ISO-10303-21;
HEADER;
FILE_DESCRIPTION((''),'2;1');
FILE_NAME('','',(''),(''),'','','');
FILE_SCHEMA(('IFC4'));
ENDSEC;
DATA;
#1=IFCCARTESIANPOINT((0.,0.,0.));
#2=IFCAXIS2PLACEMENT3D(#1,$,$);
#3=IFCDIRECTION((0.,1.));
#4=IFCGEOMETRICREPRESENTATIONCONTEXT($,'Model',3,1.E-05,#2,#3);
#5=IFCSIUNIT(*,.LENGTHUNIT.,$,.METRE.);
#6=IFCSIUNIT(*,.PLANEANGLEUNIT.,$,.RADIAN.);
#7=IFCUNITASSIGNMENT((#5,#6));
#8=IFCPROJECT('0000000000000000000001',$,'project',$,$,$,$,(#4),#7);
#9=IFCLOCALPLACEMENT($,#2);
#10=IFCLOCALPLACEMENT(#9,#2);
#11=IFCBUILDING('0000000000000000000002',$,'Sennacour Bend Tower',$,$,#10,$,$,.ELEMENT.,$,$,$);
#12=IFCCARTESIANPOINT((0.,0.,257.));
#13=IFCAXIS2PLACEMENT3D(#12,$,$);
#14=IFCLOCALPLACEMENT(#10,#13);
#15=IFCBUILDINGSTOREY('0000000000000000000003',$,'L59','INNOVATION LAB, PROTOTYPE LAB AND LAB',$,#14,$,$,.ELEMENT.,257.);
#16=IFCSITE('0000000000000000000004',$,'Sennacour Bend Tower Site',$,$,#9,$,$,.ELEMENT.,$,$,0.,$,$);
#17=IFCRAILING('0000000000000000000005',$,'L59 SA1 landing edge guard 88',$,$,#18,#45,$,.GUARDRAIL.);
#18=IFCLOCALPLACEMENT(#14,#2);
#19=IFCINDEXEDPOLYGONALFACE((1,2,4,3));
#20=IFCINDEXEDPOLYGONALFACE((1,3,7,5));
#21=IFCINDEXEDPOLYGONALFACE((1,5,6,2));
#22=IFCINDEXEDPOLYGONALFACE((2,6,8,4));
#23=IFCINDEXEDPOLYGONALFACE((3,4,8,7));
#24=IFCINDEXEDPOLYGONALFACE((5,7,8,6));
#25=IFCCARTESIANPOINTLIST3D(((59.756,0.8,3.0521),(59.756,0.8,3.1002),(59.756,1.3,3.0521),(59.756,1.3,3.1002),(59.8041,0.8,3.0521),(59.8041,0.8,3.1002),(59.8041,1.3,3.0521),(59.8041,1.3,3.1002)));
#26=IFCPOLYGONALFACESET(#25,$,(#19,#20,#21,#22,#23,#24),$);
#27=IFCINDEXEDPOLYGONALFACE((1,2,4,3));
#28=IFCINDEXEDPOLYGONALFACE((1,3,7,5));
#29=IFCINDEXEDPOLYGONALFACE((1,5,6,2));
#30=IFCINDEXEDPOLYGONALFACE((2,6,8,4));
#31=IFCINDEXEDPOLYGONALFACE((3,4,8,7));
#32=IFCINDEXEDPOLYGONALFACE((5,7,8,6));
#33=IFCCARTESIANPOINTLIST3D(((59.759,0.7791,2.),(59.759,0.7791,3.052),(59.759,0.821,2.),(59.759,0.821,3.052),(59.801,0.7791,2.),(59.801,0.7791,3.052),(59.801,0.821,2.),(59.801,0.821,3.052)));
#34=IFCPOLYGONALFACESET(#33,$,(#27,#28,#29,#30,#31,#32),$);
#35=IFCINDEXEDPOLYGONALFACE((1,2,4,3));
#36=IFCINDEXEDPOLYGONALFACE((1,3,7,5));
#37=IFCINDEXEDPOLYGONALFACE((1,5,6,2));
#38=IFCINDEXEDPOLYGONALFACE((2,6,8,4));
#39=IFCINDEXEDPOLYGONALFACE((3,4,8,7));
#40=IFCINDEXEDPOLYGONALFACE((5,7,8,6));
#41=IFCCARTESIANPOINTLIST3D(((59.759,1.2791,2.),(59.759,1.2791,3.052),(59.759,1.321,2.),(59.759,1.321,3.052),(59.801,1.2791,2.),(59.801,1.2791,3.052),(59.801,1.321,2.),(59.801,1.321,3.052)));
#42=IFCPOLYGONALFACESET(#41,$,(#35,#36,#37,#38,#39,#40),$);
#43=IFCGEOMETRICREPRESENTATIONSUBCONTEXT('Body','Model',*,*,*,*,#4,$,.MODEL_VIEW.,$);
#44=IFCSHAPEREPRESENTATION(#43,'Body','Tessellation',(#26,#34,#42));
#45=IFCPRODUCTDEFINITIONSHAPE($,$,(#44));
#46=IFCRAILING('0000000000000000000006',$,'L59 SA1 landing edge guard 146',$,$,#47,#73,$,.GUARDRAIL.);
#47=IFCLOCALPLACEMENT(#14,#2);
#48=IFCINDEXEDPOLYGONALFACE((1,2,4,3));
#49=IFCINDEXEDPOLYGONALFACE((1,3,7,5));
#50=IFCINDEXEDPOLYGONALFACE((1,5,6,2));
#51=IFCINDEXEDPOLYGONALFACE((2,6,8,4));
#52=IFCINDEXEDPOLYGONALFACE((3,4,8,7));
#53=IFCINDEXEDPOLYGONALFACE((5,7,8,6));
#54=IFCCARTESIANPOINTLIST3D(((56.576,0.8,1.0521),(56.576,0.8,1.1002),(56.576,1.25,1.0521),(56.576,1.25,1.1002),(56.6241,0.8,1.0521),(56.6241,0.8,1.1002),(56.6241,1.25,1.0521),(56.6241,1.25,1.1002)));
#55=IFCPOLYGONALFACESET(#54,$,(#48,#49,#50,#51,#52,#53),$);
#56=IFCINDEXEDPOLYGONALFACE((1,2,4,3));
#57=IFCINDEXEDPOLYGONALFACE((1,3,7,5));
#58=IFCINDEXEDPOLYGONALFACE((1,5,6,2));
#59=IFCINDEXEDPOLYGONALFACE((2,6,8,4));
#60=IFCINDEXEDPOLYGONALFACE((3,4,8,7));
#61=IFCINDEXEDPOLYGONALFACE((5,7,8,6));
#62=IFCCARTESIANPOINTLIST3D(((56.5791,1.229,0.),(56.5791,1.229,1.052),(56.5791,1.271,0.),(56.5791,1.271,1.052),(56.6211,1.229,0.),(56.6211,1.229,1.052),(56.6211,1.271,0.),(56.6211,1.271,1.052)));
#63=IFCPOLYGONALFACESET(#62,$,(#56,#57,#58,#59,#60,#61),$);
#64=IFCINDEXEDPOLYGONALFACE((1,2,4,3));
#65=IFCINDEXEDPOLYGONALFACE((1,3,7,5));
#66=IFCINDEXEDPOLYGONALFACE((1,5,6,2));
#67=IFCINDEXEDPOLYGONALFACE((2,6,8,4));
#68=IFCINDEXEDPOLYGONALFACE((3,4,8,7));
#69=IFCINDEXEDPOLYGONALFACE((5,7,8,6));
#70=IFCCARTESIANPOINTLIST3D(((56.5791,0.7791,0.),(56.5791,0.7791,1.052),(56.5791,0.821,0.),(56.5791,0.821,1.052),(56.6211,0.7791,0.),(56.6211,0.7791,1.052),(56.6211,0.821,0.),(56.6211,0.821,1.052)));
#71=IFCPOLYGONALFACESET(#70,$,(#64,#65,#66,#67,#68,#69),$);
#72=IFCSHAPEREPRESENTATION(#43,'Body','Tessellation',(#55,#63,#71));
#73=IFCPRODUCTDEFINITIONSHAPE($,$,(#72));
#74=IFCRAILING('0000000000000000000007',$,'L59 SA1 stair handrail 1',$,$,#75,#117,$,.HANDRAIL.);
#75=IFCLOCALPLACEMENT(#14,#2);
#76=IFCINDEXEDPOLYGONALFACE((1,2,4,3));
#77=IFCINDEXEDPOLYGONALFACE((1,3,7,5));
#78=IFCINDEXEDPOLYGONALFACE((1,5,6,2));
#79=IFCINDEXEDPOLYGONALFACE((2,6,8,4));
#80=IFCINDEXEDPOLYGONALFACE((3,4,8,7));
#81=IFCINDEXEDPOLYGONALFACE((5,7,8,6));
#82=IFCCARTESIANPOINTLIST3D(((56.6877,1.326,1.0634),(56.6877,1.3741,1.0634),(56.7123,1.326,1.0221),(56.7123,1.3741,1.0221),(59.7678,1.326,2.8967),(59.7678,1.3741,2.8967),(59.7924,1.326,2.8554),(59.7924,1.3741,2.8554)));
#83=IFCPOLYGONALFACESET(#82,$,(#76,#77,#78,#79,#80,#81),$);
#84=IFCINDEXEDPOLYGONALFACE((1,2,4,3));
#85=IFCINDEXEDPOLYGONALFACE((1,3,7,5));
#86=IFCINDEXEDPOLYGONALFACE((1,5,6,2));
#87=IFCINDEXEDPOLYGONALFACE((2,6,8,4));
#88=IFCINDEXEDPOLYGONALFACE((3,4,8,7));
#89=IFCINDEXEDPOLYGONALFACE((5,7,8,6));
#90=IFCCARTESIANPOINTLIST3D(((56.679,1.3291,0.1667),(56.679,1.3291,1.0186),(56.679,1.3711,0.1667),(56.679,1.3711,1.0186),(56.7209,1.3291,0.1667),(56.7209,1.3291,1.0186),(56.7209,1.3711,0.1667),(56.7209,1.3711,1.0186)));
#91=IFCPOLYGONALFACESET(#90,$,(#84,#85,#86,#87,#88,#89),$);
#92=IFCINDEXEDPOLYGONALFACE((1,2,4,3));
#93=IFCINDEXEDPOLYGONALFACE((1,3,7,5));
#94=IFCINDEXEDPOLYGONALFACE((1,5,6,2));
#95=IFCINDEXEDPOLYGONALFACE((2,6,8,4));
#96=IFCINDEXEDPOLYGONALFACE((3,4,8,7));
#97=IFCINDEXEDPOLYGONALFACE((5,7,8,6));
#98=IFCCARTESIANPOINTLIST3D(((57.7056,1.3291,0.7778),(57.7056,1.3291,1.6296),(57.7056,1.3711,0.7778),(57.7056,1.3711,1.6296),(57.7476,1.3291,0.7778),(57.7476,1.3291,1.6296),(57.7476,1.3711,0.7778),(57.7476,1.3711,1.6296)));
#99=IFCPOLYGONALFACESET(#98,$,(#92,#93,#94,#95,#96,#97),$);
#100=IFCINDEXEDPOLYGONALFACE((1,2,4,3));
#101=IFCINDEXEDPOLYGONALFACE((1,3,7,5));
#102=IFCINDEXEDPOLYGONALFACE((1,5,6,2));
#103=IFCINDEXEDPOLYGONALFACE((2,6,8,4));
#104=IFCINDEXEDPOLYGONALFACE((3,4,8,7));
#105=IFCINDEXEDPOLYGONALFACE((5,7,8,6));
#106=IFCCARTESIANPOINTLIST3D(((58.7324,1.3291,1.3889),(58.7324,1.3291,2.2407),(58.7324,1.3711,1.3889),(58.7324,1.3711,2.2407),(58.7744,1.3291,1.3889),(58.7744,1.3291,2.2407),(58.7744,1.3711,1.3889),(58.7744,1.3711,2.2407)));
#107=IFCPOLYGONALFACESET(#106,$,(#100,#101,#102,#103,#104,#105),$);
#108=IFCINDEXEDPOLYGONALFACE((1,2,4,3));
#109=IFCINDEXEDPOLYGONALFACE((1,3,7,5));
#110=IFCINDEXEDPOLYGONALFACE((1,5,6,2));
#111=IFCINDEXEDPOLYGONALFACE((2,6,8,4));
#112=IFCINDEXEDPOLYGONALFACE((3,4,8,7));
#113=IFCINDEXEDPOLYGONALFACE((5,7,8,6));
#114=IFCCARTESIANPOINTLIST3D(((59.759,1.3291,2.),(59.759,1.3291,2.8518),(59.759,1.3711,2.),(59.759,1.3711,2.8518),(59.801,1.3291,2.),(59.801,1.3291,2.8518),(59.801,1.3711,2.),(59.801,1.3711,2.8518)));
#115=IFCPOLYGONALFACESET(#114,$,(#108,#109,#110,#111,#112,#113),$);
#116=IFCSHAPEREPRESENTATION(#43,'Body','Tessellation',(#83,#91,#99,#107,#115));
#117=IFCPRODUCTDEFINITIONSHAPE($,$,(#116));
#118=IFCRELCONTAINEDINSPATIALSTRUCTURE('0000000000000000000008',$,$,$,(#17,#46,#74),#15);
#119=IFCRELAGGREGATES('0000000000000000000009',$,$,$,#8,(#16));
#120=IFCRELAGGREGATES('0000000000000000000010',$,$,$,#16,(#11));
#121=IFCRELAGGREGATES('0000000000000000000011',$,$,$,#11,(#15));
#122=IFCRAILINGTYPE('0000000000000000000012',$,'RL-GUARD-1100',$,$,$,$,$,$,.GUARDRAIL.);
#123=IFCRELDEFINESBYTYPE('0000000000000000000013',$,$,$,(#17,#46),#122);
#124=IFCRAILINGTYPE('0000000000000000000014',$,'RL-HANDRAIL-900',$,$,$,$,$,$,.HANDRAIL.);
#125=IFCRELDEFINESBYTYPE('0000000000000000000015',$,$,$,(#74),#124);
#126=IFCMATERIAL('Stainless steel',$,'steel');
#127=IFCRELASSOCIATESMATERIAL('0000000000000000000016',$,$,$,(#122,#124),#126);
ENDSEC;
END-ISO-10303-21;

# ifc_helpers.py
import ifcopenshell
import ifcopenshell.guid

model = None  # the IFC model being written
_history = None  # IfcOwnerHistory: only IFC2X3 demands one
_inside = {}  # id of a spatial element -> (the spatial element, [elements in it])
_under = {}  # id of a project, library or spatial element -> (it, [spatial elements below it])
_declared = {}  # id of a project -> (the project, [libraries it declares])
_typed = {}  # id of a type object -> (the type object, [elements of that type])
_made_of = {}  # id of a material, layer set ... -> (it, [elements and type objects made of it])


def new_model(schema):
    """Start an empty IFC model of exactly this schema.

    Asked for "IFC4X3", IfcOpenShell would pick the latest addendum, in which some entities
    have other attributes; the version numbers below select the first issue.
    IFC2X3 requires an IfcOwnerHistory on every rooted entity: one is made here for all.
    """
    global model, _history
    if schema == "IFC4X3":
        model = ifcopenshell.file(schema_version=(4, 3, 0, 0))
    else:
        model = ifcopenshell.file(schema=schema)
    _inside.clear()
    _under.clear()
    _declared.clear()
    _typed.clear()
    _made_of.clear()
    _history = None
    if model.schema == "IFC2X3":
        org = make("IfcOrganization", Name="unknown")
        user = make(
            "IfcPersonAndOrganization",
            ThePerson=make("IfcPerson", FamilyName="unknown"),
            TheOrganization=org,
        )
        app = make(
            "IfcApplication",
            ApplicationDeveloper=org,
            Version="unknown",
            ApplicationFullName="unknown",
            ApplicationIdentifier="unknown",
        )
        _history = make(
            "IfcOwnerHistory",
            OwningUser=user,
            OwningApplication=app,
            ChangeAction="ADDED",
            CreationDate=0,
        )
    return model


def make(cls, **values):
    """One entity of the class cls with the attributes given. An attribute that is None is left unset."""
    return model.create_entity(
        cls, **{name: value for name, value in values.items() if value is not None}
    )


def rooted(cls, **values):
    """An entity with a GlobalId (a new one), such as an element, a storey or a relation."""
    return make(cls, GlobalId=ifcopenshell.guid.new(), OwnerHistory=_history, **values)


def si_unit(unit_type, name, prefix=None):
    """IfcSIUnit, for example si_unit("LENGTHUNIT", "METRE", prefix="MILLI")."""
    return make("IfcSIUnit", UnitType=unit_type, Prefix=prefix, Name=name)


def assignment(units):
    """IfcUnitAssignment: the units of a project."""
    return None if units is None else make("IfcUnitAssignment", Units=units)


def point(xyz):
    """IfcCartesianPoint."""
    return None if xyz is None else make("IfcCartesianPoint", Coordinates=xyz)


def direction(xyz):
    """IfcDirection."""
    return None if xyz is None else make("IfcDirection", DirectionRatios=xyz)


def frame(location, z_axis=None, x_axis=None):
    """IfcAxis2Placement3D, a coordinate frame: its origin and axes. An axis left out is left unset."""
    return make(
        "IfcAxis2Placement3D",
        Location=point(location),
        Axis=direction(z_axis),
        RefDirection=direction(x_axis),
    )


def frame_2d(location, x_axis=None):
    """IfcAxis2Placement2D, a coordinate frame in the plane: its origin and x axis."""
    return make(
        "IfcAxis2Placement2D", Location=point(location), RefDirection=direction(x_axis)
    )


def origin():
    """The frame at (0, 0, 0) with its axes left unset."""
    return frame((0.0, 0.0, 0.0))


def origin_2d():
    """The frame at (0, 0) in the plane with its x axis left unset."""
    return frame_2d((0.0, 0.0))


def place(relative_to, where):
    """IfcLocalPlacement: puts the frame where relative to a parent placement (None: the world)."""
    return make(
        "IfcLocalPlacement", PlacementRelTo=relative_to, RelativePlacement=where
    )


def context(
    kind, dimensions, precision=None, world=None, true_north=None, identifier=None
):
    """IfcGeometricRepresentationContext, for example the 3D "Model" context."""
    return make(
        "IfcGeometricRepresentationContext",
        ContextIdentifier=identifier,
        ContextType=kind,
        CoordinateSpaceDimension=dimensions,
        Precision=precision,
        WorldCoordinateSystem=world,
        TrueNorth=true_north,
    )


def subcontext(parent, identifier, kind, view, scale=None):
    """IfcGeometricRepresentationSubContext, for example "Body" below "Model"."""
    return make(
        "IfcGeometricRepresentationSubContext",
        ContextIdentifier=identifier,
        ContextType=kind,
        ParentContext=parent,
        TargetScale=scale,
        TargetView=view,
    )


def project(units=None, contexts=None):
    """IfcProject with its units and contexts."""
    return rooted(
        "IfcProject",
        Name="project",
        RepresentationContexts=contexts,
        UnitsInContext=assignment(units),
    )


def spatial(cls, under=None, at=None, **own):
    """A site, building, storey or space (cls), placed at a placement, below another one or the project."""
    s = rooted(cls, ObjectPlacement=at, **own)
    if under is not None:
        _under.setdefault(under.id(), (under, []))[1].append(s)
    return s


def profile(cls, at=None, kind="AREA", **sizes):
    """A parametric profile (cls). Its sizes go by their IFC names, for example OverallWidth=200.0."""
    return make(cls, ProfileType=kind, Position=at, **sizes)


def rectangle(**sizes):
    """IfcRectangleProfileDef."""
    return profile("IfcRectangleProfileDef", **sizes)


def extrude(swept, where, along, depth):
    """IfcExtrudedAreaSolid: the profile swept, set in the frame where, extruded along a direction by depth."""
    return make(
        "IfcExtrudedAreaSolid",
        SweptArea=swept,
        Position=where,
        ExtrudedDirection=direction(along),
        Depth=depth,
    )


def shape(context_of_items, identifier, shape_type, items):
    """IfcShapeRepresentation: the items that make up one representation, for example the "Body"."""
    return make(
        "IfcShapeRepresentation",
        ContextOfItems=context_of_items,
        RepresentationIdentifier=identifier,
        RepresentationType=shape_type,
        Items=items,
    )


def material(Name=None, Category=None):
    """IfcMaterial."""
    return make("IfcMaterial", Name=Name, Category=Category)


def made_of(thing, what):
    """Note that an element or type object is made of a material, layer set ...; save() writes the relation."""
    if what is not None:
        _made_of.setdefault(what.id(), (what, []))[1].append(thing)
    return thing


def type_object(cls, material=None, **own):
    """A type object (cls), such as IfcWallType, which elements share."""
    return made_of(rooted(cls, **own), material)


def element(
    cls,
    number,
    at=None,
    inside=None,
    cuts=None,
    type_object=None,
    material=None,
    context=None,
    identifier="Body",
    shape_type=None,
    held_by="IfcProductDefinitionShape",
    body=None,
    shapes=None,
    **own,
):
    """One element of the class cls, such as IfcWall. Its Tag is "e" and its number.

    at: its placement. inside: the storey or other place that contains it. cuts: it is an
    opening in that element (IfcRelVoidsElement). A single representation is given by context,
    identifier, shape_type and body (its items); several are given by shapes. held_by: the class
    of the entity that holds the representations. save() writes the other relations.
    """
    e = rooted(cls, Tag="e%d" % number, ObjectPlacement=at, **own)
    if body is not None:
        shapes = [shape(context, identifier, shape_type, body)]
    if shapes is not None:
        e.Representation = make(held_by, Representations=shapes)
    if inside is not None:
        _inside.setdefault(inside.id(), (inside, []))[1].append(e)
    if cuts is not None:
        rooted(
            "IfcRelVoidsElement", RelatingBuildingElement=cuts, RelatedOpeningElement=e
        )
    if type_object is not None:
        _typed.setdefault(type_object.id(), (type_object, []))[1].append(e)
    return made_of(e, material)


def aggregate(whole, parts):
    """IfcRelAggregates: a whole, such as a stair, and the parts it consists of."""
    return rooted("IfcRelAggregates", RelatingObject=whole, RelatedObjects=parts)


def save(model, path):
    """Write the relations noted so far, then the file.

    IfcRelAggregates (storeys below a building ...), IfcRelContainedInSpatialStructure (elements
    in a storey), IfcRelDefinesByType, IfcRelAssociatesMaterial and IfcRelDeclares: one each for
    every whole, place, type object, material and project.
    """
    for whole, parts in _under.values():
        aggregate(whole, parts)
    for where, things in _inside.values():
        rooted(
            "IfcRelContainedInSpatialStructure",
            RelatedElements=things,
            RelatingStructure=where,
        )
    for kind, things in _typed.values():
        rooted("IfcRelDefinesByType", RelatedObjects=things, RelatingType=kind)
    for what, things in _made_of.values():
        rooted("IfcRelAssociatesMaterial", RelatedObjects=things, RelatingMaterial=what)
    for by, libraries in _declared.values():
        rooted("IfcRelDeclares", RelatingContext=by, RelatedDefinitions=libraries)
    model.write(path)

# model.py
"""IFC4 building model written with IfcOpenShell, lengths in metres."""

from ifc_helpers import new_model, si_unit, direction, frame, origin, origin_2d, place, context, subcontext, project, spatial, rectangle, extrude, material, type_object, element, save


model = new_model("IFC4")

# Units and contexts
model_context = context("Model", 3, precision=1e-05, world=origin(), true_north=direction((0.0, 1.0)))
body_context = subcontext(model_context, "Body", "Model", "MODEL_VIEW")
ifc_project = project(units=[si_unit("LENGTHUNIT", "METRE"), si_unit("PLANEANGLEUNIT", "RADIAN")], contexts=[model_context])

# Site, building, storey
site_placement = place(None, origin())
site = spatial("IfcSite", under=ifc_project, at=site_placement, Name="Sennacour Bend Tower Site", CompositionType="ELEMENT", RefElevation=0.0)
building_placement = place(site_placement, origin())
building = spatial("IfcBuilding", under=site, at=building_placement, Name="Sennacour Bend Tower", CompositionType="ELEMENT")
storey_placement = place(building_placement, frame((0.0, 0.0, 257.0)))
storey = spatial("IfcBuildingStorey", under=building, at=storey_placement, Name="L59", Description="INNOVATION LAB, PROTOTYPE LAB AND LAB", CompositionType="ELEMENT", Elevation=257.0)

# Shared definitions
ifc_material_1 = material(Name="Stainless steel", Category="steel")

# Railings
railing_type_1 = type_object("IfcRailingType", Name="RL-GUARD-1100", PredefinedType="GUARDRAIL", material=ifc_material_1)
railing_1_placement = place(storey_placement, frame((59.78, 0.8, 2.0)))
element("IfcRailing", 1, at=railing_1_placement, inside=storey, type_object=railing_type_1, Name="L59 SA1 landing edge guard 88", PredefinedType="GUARDRAIL", context=body_context, shape_type="SweptSolid", body=[
    extrude(rectangle(XDim=0.0481, YDim=0.0481, at=origin_2d()), frame((0.0, 0.0, 1.0762), z_axis=(0.0, 1.0, 0.0), x_axis=(-1.0, 0.0, 0.0)), (0.0, 0.0, 1.0), 0.5),
    extrude(rectangle(XDim=0.042, YDim=0.042, at=origin_2d()), origin(), (0.0, 0.0, 1.0), 1.052),
    extrude(rectangle(XDim=0.042, YDim=0.042, at=origin_2d()), frame((0.0, 0.5, 0.0)), (0.0, 0.0, 1.0), 1.052),
])
railing_2_placement = place(storey_placement, frame((56.6001, 1.25, 0.0)))
element("IfcRailing", 2, at=railing_2_placement, inside=storey, type_object=railing_type_1, Name="L59 SA1 landing edge guard 146", PredefinedType="GUARDRAIL", context=body_context, shape_type="SweptSolid", body=[
    extrude(rectangle(XDim=0.0481, YDim=0.0481, at=origin_2d()), frame((0.0, 0.0, 1.0762), z_axis=(0.0, -1.0, 0.0), x_axis=(1.0, 0.0, 0.0)), (0.0, 0.0, 1.0), 0.45),
    extrude(rectangle(XDim=0.042, YDim=0.042, at=origin_2d()), origin(), (0.0, 0.0, 1.0), 1.052),
    extrude(rectangle(XDim=0.042, YDim=0.042, at=origin_2d()), frame((0.0, -0.45, 0.0)), (0.0, 0.0, 1.0), 1.052),
])
railing_type_2 = type_object("IfcRailingType", Name="RL-HANDRAIL-900", PredefinedType="HANDRAIL", material=ifc_material_1)
railing_3_placement = place(storey_placement, frame((56.7, 1.3501, 0.1667)))
element("IfcRailing", 3, at=railing_3_placement, inside=storey, type_object=railing_type_2, Name="L59 SA1 stair handrail 1", PredefinedType="HANDRAIL", context=body_context, shape_type="SweptSolid", body=[
    extrude(rectangle(XDim=0.0481, YDim=0.0481, at=origin_2d()), frame((0.0, 0.0, 0.876), z_axis=(0.859309, 0.0, 0.511458), x_axis=(0.0, 1.0, 0.0)), (0.0, 0.0, 1.0), 3.5845),
    extrude(rectangle(XDim=0.042, YDim=0.042, at=origin_2d()), origin(), (0.0, 0.0, 1.0), 0.8518),
    extrude(rectangle(XDim=0.042, YDim=0.042, at=origin_2d()), frame((1.0266, 0.0, 0.6111)), (0.0, 0.0, 1.0), 0.8518),
    extrude(rectangle(XDim=0.042, YDim=0.042, at=origin_2d()), frame((2.0535, 0.0, 1.2222)), (0.0, 0.0, 1.0), 0.8518),
    extrude(rectangle(XDim=0.042, YDim=0.042, at=origin_2d()), frame((3.0801, 0.0, 1.8333)), (0.0, 0.0, 1.0), 0.8518),
])

save(model, "model.ifc")
